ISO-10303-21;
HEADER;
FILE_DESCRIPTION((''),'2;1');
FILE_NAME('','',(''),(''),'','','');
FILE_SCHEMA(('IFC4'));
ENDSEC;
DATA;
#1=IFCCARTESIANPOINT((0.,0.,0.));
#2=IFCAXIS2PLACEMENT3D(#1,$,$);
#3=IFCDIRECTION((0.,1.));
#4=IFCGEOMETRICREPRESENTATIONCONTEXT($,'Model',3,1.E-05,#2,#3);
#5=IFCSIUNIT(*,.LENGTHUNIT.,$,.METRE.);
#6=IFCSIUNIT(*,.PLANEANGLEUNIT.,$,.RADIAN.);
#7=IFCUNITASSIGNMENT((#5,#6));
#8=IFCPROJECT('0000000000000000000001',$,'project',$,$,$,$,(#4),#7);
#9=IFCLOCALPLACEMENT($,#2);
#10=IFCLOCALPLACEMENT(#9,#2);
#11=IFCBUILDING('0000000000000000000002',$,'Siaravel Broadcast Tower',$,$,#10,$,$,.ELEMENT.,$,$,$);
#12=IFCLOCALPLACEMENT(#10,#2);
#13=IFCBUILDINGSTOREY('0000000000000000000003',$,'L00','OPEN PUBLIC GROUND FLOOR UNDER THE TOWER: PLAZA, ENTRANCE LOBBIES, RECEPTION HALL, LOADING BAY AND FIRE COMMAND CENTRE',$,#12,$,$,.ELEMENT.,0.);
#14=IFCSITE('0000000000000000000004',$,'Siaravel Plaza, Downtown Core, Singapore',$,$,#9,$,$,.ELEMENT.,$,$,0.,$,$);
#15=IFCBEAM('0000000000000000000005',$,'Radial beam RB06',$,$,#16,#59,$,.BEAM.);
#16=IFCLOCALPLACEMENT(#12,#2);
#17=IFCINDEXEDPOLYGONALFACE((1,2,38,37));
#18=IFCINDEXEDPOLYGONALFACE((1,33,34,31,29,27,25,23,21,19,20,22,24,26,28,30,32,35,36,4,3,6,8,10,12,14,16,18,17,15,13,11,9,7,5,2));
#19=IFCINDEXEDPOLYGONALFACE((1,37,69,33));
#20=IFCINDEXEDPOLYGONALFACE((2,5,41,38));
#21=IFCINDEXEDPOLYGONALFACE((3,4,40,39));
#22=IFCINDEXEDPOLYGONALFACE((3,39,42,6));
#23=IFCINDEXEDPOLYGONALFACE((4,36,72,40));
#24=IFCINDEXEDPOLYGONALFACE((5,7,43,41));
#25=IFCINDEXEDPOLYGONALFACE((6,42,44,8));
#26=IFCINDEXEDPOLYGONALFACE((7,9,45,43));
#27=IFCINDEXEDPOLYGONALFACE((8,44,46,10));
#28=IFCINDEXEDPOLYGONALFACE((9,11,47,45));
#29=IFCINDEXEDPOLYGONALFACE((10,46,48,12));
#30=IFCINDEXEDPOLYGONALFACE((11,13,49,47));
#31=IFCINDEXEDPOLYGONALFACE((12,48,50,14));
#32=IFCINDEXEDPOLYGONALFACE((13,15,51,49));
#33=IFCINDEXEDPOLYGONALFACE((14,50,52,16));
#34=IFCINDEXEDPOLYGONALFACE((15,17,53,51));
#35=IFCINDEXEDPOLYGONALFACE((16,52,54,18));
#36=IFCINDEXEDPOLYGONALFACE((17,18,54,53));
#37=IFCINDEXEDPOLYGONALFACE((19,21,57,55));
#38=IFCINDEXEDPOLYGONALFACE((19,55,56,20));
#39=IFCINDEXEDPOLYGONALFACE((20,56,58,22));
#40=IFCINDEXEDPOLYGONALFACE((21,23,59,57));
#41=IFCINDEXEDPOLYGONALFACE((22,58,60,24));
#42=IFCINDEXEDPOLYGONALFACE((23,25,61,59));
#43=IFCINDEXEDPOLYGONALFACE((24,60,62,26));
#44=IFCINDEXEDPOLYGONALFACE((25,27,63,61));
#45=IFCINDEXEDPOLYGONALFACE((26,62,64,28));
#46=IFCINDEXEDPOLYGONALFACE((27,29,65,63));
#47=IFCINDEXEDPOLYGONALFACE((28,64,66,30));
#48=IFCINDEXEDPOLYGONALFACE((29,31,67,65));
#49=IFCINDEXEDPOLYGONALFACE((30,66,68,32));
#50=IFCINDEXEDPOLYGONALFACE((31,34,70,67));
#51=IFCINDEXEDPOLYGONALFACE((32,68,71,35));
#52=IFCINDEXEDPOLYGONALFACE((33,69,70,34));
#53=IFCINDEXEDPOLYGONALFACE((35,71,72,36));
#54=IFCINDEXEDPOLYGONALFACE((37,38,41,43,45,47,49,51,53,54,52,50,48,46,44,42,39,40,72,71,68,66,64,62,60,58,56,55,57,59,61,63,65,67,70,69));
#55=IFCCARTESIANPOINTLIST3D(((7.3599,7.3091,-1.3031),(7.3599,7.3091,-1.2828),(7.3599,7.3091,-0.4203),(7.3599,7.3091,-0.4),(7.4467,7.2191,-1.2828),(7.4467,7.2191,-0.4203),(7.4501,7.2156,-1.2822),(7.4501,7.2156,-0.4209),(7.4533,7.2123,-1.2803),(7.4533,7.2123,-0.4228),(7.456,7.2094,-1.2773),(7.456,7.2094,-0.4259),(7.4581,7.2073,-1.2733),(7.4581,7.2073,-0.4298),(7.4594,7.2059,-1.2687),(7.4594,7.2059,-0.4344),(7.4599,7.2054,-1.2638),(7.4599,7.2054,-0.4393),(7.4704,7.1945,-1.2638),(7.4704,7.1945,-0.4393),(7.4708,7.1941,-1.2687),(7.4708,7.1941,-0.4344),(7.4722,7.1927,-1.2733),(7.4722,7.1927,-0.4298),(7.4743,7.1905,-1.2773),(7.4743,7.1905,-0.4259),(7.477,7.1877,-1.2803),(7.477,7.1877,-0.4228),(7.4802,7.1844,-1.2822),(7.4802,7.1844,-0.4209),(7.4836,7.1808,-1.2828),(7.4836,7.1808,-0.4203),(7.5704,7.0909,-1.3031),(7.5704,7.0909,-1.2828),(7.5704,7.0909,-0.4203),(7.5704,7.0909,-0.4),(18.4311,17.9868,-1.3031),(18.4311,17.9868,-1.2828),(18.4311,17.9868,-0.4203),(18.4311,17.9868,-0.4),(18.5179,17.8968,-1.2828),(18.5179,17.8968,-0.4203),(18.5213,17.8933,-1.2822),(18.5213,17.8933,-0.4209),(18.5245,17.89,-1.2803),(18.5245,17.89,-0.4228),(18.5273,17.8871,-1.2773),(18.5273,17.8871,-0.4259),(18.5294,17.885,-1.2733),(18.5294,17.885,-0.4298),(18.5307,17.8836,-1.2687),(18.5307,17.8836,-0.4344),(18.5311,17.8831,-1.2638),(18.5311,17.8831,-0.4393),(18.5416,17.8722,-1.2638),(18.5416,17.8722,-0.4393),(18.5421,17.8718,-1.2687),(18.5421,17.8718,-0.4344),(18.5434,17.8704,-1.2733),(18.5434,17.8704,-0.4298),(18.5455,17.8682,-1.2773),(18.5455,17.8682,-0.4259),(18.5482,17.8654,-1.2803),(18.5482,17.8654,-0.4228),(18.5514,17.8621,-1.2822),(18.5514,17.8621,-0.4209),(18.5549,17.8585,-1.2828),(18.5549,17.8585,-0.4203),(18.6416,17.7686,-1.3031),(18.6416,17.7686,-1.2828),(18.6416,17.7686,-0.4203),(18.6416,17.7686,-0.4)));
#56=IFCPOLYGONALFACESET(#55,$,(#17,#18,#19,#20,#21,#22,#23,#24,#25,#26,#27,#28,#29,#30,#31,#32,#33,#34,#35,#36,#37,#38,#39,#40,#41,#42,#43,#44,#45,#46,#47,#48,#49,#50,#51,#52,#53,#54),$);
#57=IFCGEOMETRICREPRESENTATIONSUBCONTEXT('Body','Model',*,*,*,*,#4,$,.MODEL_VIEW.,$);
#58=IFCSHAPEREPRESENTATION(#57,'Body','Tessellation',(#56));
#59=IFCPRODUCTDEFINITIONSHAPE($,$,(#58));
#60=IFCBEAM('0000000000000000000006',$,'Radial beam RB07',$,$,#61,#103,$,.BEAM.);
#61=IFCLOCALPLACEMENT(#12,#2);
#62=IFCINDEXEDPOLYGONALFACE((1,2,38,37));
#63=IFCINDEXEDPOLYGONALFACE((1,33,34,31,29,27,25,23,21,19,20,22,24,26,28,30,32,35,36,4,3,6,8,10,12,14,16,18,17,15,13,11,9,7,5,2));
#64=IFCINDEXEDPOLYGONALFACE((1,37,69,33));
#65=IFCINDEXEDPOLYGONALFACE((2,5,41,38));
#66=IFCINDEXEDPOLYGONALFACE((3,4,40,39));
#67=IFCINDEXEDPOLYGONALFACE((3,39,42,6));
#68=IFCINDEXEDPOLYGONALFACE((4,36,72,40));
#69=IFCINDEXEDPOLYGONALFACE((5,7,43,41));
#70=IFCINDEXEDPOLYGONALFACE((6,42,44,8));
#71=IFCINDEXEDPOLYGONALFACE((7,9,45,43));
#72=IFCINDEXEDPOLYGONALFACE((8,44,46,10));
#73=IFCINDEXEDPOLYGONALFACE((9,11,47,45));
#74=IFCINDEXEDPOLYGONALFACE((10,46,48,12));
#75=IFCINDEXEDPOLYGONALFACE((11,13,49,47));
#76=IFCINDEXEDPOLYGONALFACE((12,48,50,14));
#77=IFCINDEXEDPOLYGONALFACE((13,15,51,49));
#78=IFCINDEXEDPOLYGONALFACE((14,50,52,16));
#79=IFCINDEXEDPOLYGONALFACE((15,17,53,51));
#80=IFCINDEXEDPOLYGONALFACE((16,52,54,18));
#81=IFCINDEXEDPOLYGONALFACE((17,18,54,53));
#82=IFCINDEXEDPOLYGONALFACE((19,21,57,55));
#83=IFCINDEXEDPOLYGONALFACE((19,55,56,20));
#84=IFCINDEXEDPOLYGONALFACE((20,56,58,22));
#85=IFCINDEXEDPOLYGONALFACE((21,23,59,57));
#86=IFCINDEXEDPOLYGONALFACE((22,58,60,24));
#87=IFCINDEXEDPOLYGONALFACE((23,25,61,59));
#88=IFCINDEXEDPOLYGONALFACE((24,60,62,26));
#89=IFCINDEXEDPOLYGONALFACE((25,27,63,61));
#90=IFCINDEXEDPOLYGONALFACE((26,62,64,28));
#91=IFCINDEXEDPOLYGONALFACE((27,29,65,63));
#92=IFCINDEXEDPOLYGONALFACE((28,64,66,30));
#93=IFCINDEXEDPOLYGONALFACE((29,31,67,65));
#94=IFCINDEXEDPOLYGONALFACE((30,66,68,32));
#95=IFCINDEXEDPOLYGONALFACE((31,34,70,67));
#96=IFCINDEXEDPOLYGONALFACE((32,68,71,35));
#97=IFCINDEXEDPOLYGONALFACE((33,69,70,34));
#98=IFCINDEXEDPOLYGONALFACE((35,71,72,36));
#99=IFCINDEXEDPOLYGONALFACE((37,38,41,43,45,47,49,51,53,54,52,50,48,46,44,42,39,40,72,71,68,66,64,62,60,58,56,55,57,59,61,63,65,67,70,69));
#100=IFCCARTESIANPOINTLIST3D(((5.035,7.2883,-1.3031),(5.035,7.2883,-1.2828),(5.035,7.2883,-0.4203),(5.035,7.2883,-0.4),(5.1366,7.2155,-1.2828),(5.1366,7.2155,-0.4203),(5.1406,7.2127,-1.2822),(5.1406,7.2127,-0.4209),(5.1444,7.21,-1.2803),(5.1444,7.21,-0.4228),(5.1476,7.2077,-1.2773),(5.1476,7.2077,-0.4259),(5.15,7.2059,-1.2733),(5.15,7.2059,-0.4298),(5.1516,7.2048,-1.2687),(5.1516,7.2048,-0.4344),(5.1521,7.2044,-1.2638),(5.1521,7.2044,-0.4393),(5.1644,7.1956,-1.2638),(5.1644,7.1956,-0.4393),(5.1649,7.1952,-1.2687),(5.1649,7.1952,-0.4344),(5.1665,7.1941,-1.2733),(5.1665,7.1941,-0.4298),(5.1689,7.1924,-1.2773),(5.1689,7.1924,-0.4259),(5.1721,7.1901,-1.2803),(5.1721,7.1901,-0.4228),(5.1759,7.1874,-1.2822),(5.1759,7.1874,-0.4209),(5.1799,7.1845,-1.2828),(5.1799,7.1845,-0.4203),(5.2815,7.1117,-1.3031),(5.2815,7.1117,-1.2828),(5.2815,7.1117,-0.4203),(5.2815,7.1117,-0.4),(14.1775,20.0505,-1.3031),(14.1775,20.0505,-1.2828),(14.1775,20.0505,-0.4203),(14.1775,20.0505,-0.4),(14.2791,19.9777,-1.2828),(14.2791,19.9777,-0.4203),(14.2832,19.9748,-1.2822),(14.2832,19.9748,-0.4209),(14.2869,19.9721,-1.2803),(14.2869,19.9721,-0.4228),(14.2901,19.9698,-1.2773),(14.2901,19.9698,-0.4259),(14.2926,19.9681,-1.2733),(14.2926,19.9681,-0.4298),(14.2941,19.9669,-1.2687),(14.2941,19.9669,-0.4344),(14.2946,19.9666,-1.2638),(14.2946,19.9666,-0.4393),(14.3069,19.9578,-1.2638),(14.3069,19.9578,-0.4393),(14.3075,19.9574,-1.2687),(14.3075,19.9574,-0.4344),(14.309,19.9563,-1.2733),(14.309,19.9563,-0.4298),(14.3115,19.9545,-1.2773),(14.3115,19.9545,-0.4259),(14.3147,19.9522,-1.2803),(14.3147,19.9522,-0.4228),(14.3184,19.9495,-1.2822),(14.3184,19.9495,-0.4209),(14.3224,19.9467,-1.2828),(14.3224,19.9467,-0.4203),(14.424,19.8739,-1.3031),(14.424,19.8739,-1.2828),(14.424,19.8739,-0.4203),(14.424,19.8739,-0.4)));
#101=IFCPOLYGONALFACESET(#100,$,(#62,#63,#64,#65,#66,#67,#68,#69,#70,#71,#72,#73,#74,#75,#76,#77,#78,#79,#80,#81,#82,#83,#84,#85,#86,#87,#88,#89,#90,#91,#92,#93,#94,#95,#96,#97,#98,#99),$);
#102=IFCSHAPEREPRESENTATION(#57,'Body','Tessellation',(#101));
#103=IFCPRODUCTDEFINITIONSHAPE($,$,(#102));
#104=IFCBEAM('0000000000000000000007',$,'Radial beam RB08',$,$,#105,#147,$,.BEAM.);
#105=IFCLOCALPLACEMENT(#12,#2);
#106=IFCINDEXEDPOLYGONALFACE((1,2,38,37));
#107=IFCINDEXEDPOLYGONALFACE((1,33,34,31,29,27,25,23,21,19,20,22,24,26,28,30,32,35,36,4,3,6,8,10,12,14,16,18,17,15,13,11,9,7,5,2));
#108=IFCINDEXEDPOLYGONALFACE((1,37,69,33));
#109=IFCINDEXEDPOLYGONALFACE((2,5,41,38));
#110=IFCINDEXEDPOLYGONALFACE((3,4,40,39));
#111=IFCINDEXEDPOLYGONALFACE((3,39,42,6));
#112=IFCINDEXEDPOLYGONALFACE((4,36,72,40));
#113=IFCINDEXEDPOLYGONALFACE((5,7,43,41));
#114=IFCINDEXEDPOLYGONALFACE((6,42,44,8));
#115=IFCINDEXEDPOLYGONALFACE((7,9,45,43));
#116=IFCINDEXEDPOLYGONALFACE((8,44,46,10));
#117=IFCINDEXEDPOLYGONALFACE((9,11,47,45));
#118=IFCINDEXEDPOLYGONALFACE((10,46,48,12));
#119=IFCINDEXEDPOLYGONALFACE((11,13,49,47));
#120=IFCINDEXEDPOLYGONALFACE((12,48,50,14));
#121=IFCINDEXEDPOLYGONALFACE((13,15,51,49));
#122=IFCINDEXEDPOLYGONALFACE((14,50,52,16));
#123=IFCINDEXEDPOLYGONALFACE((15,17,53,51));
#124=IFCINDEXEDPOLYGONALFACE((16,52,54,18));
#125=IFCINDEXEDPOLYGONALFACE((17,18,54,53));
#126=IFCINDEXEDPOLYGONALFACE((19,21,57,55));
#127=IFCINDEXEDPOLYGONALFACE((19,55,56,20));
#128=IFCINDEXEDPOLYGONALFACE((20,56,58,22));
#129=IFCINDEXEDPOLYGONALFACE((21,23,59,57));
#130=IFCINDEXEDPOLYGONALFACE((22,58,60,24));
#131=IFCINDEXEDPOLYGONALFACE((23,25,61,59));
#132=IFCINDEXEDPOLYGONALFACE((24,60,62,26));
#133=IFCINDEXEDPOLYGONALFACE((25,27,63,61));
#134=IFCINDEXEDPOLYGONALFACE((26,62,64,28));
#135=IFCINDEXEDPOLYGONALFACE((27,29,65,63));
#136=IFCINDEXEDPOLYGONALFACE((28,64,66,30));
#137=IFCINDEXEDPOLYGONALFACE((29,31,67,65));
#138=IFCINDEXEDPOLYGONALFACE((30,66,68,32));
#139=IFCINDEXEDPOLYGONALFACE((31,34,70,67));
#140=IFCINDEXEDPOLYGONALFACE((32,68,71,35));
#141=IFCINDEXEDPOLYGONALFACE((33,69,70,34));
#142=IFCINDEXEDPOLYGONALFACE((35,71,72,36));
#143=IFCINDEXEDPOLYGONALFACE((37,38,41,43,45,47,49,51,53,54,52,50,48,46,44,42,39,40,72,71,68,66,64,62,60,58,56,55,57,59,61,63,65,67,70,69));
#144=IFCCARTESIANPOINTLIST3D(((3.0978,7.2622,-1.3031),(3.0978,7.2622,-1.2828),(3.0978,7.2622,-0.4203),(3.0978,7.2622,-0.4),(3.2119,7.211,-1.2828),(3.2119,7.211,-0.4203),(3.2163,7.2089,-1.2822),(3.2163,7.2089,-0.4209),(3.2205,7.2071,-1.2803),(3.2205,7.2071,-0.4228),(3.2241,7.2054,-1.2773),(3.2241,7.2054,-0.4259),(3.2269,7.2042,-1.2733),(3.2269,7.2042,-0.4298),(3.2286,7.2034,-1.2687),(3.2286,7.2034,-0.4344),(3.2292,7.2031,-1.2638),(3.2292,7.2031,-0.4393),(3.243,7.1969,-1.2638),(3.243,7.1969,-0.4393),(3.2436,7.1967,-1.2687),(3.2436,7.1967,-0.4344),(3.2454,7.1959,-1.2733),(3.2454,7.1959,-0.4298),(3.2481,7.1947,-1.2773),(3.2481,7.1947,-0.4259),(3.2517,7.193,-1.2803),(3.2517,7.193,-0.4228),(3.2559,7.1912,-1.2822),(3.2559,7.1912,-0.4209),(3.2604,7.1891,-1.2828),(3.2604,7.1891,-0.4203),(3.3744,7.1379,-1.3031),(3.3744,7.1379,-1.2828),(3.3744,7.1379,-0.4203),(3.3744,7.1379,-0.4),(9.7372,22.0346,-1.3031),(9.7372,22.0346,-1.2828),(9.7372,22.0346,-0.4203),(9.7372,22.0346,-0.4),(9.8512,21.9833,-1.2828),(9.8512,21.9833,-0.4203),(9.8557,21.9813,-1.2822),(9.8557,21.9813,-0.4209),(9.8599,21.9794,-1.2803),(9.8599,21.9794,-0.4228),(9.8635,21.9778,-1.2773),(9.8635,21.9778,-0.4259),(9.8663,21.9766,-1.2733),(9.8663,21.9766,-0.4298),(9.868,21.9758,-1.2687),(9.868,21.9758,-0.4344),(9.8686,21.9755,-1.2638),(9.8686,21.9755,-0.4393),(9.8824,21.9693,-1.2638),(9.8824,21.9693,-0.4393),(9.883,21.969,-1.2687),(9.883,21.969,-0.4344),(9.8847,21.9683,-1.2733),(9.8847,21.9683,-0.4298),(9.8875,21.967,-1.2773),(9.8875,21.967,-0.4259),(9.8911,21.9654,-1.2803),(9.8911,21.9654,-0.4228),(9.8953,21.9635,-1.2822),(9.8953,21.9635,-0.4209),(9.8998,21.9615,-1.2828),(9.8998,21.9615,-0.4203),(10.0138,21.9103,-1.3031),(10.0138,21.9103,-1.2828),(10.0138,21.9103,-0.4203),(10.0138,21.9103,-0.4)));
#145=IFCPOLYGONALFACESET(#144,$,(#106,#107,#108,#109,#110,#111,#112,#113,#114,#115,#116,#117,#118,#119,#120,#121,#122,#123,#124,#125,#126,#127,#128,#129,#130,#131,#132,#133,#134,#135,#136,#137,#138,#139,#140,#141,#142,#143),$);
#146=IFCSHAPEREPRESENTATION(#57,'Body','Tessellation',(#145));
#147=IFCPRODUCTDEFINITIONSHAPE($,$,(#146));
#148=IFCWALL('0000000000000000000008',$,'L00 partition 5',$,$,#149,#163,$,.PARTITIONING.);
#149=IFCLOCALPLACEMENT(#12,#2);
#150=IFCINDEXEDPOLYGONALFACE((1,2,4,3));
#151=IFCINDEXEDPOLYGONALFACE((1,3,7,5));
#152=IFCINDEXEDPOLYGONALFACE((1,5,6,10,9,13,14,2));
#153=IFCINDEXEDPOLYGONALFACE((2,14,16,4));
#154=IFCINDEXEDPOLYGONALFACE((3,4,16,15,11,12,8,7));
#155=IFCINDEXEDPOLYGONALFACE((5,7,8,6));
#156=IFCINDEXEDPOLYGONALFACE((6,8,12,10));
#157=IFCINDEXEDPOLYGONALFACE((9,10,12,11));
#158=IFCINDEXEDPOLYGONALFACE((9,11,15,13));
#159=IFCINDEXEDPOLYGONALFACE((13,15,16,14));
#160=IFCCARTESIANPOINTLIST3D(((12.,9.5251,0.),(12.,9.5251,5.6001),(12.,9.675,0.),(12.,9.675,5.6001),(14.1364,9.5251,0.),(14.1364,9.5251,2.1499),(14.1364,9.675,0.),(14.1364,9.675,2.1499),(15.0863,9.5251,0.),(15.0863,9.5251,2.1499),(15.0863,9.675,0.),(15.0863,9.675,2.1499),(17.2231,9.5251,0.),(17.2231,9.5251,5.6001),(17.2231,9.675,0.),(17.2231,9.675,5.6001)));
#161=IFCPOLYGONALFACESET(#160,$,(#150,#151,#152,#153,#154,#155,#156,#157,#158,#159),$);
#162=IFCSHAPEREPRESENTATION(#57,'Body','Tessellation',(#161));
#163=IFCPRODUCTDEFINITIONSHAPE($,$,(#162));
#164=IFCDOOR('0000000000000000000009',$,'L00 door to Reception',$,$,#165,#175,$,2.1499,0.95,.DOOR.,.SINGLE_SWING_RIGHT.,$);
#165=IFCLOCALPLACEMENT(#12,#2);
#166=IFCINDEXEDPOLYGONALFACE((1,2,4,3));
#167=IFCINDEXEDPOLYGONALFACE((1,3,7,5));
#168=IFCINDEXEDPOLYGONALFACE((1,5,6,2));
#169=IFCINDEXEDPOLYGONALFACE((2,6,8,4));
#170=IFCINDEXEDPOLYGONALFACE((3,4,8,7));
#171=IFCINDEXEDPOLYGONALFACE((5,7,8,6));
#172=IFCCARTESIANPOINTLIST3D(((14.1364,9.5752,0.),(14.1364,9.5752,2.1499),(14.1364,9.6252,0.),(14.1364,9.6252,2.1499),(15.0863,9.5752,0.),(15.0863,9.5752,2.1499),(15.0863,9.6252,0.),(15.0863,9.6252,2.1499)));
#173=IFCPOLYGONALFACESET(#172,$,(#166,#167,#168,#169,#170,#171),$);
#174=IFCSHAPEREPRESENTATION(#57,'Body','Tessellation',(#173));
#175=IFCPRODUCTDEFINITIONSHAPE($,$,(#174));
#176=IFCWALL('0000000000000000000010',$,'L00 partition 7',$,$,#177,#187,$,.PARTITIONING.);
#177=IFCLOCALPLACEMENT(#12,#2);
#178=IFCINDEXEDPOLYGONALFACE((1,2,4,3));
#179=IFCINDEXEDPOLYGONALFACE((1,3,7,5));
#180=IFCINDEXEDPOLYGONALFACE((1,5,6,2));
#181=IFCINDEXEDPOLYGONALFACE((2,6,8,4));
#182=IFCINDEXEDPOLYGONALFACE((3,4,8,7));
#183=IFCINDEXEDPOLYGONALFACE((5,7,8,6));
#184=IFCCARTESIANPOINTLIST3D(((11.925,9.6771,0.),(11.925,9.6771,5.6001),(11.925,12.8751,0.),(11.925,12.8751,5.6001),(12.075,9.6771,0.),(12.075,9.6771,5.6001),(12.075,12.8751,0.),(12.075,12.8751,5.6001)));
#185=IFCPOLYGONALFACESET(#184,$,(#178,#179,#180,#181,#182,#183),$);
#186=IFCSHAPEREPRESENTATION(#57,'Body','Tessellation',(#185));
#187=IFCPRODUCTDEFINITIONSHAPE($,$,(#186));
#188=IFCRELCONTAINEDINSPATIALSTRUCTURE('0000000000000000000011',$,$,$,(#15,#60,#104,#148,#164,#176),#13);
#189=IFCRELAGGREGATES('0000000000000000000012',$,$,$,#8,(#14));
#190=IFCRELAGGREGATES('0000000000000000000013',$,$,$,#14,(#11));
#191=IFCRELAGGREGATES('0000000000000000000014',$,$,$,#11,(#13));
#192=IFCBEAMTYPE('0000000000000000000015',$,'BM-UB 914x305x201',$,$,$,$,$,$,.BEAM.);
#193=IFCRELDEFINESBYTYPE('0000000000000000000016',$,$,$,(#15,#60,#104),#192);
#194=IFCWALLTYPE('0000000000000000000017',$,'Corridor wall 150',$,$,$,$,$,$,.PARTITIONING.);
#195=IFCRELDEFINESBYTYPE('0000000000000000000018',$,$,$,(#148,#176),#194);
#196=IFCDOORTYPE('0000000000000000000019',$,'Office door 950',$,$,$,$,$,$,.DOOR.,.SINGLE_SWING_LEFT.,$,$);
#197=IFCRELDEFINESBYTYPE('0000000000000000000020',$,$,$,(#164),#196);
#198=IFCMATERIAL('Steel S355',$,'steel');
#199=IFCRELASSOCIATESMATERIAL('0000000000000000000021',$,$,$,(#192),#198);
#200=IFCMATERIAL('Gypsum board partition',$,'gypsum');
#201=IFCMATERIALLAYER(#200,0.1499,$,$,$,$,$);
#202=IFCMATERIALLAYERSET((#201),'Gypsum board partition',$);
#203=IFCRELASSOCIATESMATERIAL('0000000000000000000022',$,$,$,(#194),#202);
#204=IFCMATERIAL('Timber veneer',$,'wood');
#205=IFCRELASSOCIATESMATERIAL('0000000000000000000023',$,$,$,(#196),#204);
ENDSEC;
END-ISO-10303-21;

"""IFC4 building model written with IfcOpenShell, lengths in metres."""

from ifc_helpers import new_model, si_unit, direction, frame, frame_2d, origin, origin_2d, place, context, subcontext, project, spatial, rectangle, i_section, extrude, material, layer, layer_set, material_profile, profile_set, type_object, element, fill, save


model = new_model("IFC4")

# Units and contexts
model_context = context("Model", 3, precision=1e-05, world=origin(), true_north=direction((0.0, 1.0)))
body_context = subcontext(model_context, "Body", "Model", "MODEL_VIEW")
ifc_project = project(units=[si_unit("LENGTHUNIT", "METRE"), si_unit("PLANEANGLEUNIT", "RADIAN")], contexts=[model_context])

# Site, building, storey
site_placement = place(None, origin())
site = spatial("IfcSite", under=ifc_project, at=site_placement, Name="Siaravel Plaza, Downtown Core, Singapore", CompositionType="ELEMENT", RefElevation=0.0)
building_placement = place(site_placement, origin())
building = spatial("IfcBuilding", under=site, at=building_placement, Name="Siaravel Broadcast Tower", CompositionType="ELEMENT")
storey_placement = place(building_placement, origin())
storey = spatial("IfcBuildingStorey", under=building, at=storey_placement, Name="L00", Description="OPEN PUBLIC GROUND FLOOR UNDER THE TOWER: PLAZA, ENTRANCE LOBBIES, RECEPTION HALL, LOADING BAY AND FIRE COMMAND CENTRE", CompositionType="ELEMENT", Elevation=0.0)

# Beams
ifc_material_1 = material(Name="Steel S355", Category="steel")
ifc_material_profile_1 = material_profile(ifc_material_1, i_section(OverallWidth=0.3032, OverallDepth=0.9031, WebThickness=0.0151, FlangeThickness=0.0203, FilletRadius=0.019, at=origin_2d()))
ifc_profile_set_1 = profile_set([ifc_material_profile_1], Name="Steel S355")
beam_type = type_object("IfcBeamType", Name="BM-UB 914x305x201", PredefinedType="BEAM", material=ifc_profile_set_1)
beam_1_placement = place(storey_placement, frame((18.5364, 17.8777, -0.8516), z_axis=(-0.719784, -0.694198, 0.0), x_axis=(0.694198, -0.719784, 0.0)))
element("IfcBeam", 1, at=beam_1_placement, inside=storey, type_object=beam_type, Name="Radial beam RB06", PredefinedType="BEAM", context=body_context, shape_type="SweptSolid", body=[
    extrude(i_section(OverallWidth=0.3032, OverallDepth=0.9031, WebThickness=0.0151, FlangeThickness=0.0203, FilletRadius=0.019, at=origin_2d()), origin(), (0.0, 0.0, 1.0), 15.3813),
])
beam_2_placement = place(storey_placement, frame((14.3008, 19.9622, -0.8516), z_axis=(-0.582364, -0.812928, 0.0), x_axis=(0.812928, -0.582364, 0.0)))
element("IfcBeam", 2, at=beam_2_placement, inside=storey, type_object=beam_type, Name="Radial beam RB07", PredefinedType="BEAM", context=body_context, shape_type="SweptSolid", body=[
    extrude(i_section(OverallWidth=0.3032, OverallDepth=0.9031, WebThickness=0.0151, FlangeThickness=0.0203, FilletRadius=0.019, at=origin_2d()), origin(), (0.0, 0.0, 1.0), 15.699),
])
beam_3_placement = place(storey_placement, frame((9.8755, 21.9724, -0.8516), z_axis=(-0.409943, -0.912111, 0.0), x_axis=(0.912111, -0.409943, 0.0)))
element("IfcBeam", 3, at=beam_3_placement, inside=storey, type_object=beam_type, Name="Radial beam RB08", PredefinedType="BEAM", context=body_context, shape_type="SweptSolid", body=[
    extrude(i_section(OverallWidth=0.3032, OverallDepth=0.9031, WebThickness=0.0151, FlangeThickness=0.0203, FilletRadius=0.019, at=origin_2d()), origin(), (0.0, 0.0, 1.0), 16.1958),
])

# Wall, opening, door
ifc_material_2 = material(Name="Gypsum board partition", Category="gypsum")
ifc_layer_1 = layer(ifc_material_2, 0.1499)
ifc_layer_set_1 = layer_set([ifc_layer_1], Name="Gypsum board partition")
wall_type_1 = type_object("IfcWallType", Name="Corridor wall 150", PredefinedType="PARTITIONING", material=ifc_layer_set_1)
wall_1_placement = place(storey_placement, frame((17.2231, 9.6001, 0.0), z_axis=(0.0, 0.0, 1.0), x_axis=(-1.0, 0.0, 0.0)))
wall_1 = element("IfcWall", 4, at=wall_1_placement, inside=storey, type_object=wall_type_1, Name="L00 partition 5", PredefinedType="PARTITIONING", context=body_context, shape_type="SweptSolid", body=[
    extrude(rectangle(XDim=5.2231, YDim=0.1499, at=frame_2d((2.6116, 0.0))), origin(), (0.0, 0.0, 1.0), 5.6001),
])
opening_1_placement = place(wall_1_placement, frame((2.1367, 0.0, 0.0)))
opening_1 = element("IfcOpeningElement", 5, at=opening_1_placement, cuts=wall_1, PredefinedType="OPENING", context=body_context, shape_type="SweptSolid", body=[
    extrude(rectangle(XDim=0.95, YDim=2.1499, at=frame_2d((0.4751, 1.075))), frame((0.0, 0.085, 0.0), z_axis=(0.0, -1.0, 0.0), x_axis=(1.0, 0.0, 0.0)), (0.0, 0.0, 1.0), 0.1699),
])
ifc_material_3 = material(Name="Timber veneer", Category="wood")
door_type_1 = type_object("IfcDoorType", Name="Office door 950", OperationType="SINGLE_SWING_LEFT", PredefinedType="DOOR", material=ifc_material_3)
door_1_placement = place(opening_1_placement, origin())
door_1 = element("IfcDoor", 6, at=door_1_placement, inside=storey, type_object=door_type_1, Name="L00 door to Reception", OperationType="SINGLE_SWING_RIGHT", OverallHeight=2.1499, OverallWidth=0.95, PredefinedType="DOOR", context=body_context, shape_type="SweptSolid", body=[
    extrude(rectangle(XDim=0.95, YDim=2.1499, at=frame_2d((0.4751, 1.075))), frame((0.0, 0.0249, 0.0), z_axis=(0.0, -1.0, 0.0), x_axis=(1.0, 0.0, 0.0)), (0.0, 0.0, 1.0), 0.05),
])
fill(opening_1, door_1)

# Wall
wall_2_placement = place(storey_placement, frame((12.0, 9.677, 0.0), z_axis=(0.0, 0.0, 1.0), x_axis=(0.0, 1.0, 0.0)))
element("IfcWall", 7, at=wall_2_placement, inside=storey, type_object=wall_type_1, Name="L00 partition 7", PredefinedType="PARTITIONING", context=body_context, shape_type="SweptSolid", body=[
    extrude(rectangle(XDim=3.198, YDim=0.1499, at=frame_2d((1.5991, 0.0))), origin(), (0.0, 0.0, 1.0), 5.6001),
])

save(model, "model.ifc")
